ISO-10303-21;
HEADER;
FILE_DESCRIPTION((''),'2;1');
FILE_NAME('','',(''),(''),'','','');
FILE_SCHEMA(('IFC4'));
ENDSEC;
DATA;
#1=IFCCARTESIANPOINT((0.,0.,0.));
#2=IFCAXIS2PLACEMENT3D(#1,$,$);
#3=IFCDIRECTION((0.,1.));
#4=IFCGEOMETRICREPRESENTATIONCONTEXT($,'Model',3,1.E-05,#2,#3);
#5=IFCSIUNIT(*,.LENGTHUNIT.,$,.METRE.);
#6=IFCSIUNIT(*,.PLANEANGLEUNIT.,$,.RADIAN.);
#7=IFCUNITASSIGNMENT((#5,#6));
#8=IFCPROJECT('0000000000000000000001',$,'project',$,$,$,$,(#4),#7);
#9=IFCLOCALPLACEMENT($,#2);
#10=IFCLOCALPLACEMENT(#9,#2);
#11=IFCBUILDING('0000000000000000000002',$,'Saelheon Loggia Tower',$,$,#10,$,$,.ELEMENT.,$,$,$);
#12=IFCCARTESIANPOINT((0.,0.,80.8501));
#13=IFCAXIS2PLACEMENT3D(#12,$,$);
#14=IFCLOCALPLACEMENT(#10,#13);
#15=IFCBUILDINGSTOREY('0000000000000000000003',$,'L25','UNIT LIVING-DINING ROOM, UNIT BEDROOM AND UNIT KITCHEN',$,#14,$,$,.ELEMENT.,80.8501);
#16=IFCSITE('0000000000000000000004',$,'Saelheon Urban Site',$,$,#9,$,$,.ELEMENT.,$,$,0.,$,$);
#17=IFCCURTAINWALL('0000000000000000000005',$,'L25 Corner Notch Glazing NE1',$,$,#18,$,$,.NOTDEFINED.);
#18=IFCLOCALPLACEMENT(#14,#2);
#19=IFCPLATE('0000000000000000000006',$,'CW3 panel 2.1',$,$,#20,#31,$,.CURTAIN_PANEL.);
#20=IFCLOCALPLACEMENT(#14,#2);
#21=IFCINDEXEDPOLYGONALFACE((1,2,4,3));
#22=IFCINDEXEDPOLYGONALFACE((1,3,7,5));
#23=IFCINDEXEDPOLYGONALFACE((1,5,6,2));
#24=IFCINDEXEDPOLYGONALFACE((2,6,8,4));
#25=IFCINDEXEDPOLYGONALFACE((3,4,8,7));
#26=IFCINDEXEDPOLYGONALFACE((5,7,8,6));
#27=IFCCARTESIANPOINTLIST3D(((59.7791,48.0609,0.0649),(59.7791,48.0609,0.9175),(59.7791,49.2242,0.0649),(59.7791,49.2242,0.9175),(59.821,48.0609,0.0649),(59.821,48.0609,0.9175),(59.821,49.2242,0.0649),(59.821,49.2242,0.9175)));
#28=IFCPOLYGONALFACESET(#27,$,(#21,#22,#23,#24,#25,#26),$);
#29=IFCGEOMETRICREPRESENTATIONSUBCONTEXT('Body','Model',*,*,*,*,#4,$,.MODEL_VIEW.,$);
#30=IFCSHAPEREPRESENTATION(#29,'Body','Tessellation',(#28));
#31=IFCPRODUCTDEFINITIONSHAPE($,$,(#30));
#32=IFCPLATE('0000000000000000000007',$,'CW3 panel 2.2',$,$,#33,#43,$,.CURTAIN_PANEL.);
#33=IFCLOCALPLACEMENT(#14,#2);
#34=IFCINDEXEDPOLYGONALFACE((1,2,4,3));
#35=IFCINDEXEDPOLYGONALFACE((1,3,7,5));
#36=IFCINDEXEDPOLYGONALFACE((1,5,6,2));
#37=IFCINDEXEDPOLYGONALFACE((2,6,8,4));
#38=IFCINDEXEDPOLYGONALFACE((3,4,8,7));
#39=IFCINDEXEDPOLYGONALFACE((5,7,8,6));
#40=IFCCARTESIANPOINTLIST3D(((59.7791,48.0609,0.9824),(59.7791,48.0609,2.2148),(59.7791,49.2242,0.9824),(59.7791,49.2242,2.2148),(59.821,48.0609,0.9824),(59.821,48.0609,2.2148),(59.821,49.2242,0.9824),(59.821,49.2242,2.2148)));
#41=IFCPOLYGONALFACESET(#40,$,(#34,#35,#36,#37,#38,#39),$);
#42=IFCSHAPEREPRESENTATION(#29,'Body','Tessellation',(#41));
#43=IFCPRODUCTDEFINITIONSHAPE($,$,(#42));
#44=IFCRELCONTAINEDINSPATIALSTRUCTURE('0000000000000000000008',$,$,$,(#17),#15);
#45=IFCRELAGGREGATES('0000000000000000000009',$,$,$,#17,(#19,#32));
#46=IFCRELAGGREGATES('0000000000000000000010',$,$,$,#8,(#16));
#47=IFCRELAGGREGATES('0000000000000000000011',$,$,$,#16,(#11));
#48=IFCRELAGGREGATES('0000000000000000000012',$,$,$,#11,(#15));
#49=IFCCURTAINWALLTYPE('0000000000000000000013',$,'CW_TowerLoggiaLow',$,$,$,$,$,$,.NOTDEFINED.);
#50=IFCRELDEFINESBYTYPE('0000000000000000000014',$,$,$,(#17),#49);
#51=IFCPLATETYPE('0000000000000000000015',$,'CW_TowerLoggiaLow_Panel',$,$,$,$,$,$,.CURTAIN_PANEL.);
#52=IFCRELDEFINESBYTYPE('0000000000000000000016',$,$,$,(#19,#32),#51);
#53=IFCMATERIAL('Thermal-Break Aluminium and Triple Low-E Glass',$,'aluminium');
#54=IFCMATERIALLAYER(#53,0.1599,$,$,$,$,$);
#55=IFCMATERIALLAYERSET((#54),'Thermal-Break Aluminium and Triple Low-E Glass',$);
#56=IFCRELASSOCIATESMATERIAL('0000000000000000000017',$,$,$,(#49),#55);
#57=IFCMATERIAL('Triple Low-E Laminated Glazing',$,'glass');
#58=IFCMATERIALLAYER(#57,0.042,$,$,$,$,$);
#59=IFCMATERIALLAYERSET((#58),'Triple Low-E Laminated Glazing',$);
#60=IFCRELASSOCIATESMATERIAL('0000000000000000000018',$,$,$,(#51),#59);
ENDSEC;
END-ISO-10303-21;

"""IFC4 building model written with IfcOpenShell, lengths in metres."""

from ifc_helpers import new_model, si_unit, direction, frame, origin, origin_2d, place, context, subcontext, project, spatial, rectangle, extrude, source, transform, mapped, material, layer, layer_set, type_object, element, aggregate, save


model = new_model("IFC4")

# Units and contexts
model_context = context("Model", 3, precision=1e-05, world=origin(), true_north=direction((0.0, 1.0)))
body_context = subcontext(model_context, "Body", "Model", "MODEL_VIEW")
ifc_project = project(units=[si_unit("LENGTHUNIT", "METRE"), si_unit("PLANEANGLEUNIT", "RADIAN")], contexts=[model_context])

# Site, building, storey
site_placement = place(None, origin())
site = spatial("IfcSite", under=ifc_project, at=site_placement, Name="Saelheon Urban Site", CompositionType="ELEMENT", RefElevation=0.0)
building_placement = place(site_placement, origin())
building = spatial("IfcBuilding", under=site, at=building_placement, Name="Saelheon Loggia Tower", CompositionType="ELEMENT")
storey_placement = place(building_placement, frame((0.0, 0.0, 80.8501)))
storey = spatial("IfcBuildingStorey", under=building, at=storey_placement, Name="L25", Description="UNIT LIVING-DINING ROOM, UNIT BEDROOM AND UNIT KITCHEN", CompositionType="ELEMENT", Elevation=80.8501)

# Curtain wall
ifc_material_1 = material(Name="Thermal-Break Aluminium and Triple Low-E Glass", Category="aluminium")
ifc_layer_1 = layer(ifc_material_1, 0.1599)
ifc_layer_set_1 = layer_set([ifc_layer_1], Name="Thermal-Break Aluminium and Triple Low-E Glass")
curtain_wall_type = type_object("IfcCurtainWallType", Name="CW_TowerLoggiaLow", PredefinedType="NOTDEFINED", material=ifc_layer_set_1)
curtain_wall_1_placement = place(storey_placement, origin())
curtain_wall_1 = element("IfcCurtainWall", 1, at=curtain_wall_1_placement, inside=storey, type_object=curtain_wall_type, Name="L25 Corner Notch Glazing NE1", PredefinedType="NOTDEFINED")

# Plates
ifc_material_2 = material(Name="Triple Low-E Laminated Glazing", Category="glass")
ifc_layer_2 = layer(ifc_material_2, 0.042)
ifc_layer_set_2 = layer_set([ifc_layer_2], Name="Triple Low-E Laminated Glazing")
plate_type = type_object("IfcPlateType", Name="CW_TowerLoggiaLow_Panel", PredefinedType="CURTAIN_PANEL", material=ifc_layer_set_2)
shared_shape_1 = source(origin(), body_context, "Body", "SweptSolid", [
    extrude(rectangle(XDim=1.1633, YDim=0.042, at=origin_2d()), origin(), (0.0, 0.0, 1.0), 0.8525),
])
plate_1_placement = place(storey_placement, frame((59.8, 48.6426, 0.0649), z_axis=(0.0, 0.0, 1.0), x_axis=(0.0, 1.0, 0.0)))
plate_1 = element("IfcPlate", 2, at=plate_1_placement, type_object=plate_type, Name="CW3 panel 2.1", PredefinedType="CURTAIN_PANEL", context=body_context, shape_type="MappedRepresentation", body=[
    mapped(shared_shape_1, transform((0.0, 0.0, 0.0), scale=1.0)),
])
shared_shape_2 = source(origin(), body_context, "Body", "SweptSolid", [
    extrude(rectangle(XDim=1.1633, YDim=0.042, at=origin_2d()), origin(), (0.0, 0.0, 1.0), 1.2324),
])
plate_2_placement = place(storey_placement, frame((59.8, 48.6426, 0.9824), z_axis=(0.0, 0.0, 1.0), x_axis=(0.0, 1.0, 0.0)))
plate_2 = element("IfcPlate", 3, at=plate_2_placement, type_object=plate_type, Name="CW3 panel 2.2", PredefinedType="CURTAIN_PANEL", context=body_context, shape_type="MappedRepresentation", body=[
    mapped(shared_shape_2, transform((0.0, 0.0, 0.0), scale=1.0)),
])
aggregate(curtain_wall_1, [plate_1, plate_2])

save(model, "model.ifc")
